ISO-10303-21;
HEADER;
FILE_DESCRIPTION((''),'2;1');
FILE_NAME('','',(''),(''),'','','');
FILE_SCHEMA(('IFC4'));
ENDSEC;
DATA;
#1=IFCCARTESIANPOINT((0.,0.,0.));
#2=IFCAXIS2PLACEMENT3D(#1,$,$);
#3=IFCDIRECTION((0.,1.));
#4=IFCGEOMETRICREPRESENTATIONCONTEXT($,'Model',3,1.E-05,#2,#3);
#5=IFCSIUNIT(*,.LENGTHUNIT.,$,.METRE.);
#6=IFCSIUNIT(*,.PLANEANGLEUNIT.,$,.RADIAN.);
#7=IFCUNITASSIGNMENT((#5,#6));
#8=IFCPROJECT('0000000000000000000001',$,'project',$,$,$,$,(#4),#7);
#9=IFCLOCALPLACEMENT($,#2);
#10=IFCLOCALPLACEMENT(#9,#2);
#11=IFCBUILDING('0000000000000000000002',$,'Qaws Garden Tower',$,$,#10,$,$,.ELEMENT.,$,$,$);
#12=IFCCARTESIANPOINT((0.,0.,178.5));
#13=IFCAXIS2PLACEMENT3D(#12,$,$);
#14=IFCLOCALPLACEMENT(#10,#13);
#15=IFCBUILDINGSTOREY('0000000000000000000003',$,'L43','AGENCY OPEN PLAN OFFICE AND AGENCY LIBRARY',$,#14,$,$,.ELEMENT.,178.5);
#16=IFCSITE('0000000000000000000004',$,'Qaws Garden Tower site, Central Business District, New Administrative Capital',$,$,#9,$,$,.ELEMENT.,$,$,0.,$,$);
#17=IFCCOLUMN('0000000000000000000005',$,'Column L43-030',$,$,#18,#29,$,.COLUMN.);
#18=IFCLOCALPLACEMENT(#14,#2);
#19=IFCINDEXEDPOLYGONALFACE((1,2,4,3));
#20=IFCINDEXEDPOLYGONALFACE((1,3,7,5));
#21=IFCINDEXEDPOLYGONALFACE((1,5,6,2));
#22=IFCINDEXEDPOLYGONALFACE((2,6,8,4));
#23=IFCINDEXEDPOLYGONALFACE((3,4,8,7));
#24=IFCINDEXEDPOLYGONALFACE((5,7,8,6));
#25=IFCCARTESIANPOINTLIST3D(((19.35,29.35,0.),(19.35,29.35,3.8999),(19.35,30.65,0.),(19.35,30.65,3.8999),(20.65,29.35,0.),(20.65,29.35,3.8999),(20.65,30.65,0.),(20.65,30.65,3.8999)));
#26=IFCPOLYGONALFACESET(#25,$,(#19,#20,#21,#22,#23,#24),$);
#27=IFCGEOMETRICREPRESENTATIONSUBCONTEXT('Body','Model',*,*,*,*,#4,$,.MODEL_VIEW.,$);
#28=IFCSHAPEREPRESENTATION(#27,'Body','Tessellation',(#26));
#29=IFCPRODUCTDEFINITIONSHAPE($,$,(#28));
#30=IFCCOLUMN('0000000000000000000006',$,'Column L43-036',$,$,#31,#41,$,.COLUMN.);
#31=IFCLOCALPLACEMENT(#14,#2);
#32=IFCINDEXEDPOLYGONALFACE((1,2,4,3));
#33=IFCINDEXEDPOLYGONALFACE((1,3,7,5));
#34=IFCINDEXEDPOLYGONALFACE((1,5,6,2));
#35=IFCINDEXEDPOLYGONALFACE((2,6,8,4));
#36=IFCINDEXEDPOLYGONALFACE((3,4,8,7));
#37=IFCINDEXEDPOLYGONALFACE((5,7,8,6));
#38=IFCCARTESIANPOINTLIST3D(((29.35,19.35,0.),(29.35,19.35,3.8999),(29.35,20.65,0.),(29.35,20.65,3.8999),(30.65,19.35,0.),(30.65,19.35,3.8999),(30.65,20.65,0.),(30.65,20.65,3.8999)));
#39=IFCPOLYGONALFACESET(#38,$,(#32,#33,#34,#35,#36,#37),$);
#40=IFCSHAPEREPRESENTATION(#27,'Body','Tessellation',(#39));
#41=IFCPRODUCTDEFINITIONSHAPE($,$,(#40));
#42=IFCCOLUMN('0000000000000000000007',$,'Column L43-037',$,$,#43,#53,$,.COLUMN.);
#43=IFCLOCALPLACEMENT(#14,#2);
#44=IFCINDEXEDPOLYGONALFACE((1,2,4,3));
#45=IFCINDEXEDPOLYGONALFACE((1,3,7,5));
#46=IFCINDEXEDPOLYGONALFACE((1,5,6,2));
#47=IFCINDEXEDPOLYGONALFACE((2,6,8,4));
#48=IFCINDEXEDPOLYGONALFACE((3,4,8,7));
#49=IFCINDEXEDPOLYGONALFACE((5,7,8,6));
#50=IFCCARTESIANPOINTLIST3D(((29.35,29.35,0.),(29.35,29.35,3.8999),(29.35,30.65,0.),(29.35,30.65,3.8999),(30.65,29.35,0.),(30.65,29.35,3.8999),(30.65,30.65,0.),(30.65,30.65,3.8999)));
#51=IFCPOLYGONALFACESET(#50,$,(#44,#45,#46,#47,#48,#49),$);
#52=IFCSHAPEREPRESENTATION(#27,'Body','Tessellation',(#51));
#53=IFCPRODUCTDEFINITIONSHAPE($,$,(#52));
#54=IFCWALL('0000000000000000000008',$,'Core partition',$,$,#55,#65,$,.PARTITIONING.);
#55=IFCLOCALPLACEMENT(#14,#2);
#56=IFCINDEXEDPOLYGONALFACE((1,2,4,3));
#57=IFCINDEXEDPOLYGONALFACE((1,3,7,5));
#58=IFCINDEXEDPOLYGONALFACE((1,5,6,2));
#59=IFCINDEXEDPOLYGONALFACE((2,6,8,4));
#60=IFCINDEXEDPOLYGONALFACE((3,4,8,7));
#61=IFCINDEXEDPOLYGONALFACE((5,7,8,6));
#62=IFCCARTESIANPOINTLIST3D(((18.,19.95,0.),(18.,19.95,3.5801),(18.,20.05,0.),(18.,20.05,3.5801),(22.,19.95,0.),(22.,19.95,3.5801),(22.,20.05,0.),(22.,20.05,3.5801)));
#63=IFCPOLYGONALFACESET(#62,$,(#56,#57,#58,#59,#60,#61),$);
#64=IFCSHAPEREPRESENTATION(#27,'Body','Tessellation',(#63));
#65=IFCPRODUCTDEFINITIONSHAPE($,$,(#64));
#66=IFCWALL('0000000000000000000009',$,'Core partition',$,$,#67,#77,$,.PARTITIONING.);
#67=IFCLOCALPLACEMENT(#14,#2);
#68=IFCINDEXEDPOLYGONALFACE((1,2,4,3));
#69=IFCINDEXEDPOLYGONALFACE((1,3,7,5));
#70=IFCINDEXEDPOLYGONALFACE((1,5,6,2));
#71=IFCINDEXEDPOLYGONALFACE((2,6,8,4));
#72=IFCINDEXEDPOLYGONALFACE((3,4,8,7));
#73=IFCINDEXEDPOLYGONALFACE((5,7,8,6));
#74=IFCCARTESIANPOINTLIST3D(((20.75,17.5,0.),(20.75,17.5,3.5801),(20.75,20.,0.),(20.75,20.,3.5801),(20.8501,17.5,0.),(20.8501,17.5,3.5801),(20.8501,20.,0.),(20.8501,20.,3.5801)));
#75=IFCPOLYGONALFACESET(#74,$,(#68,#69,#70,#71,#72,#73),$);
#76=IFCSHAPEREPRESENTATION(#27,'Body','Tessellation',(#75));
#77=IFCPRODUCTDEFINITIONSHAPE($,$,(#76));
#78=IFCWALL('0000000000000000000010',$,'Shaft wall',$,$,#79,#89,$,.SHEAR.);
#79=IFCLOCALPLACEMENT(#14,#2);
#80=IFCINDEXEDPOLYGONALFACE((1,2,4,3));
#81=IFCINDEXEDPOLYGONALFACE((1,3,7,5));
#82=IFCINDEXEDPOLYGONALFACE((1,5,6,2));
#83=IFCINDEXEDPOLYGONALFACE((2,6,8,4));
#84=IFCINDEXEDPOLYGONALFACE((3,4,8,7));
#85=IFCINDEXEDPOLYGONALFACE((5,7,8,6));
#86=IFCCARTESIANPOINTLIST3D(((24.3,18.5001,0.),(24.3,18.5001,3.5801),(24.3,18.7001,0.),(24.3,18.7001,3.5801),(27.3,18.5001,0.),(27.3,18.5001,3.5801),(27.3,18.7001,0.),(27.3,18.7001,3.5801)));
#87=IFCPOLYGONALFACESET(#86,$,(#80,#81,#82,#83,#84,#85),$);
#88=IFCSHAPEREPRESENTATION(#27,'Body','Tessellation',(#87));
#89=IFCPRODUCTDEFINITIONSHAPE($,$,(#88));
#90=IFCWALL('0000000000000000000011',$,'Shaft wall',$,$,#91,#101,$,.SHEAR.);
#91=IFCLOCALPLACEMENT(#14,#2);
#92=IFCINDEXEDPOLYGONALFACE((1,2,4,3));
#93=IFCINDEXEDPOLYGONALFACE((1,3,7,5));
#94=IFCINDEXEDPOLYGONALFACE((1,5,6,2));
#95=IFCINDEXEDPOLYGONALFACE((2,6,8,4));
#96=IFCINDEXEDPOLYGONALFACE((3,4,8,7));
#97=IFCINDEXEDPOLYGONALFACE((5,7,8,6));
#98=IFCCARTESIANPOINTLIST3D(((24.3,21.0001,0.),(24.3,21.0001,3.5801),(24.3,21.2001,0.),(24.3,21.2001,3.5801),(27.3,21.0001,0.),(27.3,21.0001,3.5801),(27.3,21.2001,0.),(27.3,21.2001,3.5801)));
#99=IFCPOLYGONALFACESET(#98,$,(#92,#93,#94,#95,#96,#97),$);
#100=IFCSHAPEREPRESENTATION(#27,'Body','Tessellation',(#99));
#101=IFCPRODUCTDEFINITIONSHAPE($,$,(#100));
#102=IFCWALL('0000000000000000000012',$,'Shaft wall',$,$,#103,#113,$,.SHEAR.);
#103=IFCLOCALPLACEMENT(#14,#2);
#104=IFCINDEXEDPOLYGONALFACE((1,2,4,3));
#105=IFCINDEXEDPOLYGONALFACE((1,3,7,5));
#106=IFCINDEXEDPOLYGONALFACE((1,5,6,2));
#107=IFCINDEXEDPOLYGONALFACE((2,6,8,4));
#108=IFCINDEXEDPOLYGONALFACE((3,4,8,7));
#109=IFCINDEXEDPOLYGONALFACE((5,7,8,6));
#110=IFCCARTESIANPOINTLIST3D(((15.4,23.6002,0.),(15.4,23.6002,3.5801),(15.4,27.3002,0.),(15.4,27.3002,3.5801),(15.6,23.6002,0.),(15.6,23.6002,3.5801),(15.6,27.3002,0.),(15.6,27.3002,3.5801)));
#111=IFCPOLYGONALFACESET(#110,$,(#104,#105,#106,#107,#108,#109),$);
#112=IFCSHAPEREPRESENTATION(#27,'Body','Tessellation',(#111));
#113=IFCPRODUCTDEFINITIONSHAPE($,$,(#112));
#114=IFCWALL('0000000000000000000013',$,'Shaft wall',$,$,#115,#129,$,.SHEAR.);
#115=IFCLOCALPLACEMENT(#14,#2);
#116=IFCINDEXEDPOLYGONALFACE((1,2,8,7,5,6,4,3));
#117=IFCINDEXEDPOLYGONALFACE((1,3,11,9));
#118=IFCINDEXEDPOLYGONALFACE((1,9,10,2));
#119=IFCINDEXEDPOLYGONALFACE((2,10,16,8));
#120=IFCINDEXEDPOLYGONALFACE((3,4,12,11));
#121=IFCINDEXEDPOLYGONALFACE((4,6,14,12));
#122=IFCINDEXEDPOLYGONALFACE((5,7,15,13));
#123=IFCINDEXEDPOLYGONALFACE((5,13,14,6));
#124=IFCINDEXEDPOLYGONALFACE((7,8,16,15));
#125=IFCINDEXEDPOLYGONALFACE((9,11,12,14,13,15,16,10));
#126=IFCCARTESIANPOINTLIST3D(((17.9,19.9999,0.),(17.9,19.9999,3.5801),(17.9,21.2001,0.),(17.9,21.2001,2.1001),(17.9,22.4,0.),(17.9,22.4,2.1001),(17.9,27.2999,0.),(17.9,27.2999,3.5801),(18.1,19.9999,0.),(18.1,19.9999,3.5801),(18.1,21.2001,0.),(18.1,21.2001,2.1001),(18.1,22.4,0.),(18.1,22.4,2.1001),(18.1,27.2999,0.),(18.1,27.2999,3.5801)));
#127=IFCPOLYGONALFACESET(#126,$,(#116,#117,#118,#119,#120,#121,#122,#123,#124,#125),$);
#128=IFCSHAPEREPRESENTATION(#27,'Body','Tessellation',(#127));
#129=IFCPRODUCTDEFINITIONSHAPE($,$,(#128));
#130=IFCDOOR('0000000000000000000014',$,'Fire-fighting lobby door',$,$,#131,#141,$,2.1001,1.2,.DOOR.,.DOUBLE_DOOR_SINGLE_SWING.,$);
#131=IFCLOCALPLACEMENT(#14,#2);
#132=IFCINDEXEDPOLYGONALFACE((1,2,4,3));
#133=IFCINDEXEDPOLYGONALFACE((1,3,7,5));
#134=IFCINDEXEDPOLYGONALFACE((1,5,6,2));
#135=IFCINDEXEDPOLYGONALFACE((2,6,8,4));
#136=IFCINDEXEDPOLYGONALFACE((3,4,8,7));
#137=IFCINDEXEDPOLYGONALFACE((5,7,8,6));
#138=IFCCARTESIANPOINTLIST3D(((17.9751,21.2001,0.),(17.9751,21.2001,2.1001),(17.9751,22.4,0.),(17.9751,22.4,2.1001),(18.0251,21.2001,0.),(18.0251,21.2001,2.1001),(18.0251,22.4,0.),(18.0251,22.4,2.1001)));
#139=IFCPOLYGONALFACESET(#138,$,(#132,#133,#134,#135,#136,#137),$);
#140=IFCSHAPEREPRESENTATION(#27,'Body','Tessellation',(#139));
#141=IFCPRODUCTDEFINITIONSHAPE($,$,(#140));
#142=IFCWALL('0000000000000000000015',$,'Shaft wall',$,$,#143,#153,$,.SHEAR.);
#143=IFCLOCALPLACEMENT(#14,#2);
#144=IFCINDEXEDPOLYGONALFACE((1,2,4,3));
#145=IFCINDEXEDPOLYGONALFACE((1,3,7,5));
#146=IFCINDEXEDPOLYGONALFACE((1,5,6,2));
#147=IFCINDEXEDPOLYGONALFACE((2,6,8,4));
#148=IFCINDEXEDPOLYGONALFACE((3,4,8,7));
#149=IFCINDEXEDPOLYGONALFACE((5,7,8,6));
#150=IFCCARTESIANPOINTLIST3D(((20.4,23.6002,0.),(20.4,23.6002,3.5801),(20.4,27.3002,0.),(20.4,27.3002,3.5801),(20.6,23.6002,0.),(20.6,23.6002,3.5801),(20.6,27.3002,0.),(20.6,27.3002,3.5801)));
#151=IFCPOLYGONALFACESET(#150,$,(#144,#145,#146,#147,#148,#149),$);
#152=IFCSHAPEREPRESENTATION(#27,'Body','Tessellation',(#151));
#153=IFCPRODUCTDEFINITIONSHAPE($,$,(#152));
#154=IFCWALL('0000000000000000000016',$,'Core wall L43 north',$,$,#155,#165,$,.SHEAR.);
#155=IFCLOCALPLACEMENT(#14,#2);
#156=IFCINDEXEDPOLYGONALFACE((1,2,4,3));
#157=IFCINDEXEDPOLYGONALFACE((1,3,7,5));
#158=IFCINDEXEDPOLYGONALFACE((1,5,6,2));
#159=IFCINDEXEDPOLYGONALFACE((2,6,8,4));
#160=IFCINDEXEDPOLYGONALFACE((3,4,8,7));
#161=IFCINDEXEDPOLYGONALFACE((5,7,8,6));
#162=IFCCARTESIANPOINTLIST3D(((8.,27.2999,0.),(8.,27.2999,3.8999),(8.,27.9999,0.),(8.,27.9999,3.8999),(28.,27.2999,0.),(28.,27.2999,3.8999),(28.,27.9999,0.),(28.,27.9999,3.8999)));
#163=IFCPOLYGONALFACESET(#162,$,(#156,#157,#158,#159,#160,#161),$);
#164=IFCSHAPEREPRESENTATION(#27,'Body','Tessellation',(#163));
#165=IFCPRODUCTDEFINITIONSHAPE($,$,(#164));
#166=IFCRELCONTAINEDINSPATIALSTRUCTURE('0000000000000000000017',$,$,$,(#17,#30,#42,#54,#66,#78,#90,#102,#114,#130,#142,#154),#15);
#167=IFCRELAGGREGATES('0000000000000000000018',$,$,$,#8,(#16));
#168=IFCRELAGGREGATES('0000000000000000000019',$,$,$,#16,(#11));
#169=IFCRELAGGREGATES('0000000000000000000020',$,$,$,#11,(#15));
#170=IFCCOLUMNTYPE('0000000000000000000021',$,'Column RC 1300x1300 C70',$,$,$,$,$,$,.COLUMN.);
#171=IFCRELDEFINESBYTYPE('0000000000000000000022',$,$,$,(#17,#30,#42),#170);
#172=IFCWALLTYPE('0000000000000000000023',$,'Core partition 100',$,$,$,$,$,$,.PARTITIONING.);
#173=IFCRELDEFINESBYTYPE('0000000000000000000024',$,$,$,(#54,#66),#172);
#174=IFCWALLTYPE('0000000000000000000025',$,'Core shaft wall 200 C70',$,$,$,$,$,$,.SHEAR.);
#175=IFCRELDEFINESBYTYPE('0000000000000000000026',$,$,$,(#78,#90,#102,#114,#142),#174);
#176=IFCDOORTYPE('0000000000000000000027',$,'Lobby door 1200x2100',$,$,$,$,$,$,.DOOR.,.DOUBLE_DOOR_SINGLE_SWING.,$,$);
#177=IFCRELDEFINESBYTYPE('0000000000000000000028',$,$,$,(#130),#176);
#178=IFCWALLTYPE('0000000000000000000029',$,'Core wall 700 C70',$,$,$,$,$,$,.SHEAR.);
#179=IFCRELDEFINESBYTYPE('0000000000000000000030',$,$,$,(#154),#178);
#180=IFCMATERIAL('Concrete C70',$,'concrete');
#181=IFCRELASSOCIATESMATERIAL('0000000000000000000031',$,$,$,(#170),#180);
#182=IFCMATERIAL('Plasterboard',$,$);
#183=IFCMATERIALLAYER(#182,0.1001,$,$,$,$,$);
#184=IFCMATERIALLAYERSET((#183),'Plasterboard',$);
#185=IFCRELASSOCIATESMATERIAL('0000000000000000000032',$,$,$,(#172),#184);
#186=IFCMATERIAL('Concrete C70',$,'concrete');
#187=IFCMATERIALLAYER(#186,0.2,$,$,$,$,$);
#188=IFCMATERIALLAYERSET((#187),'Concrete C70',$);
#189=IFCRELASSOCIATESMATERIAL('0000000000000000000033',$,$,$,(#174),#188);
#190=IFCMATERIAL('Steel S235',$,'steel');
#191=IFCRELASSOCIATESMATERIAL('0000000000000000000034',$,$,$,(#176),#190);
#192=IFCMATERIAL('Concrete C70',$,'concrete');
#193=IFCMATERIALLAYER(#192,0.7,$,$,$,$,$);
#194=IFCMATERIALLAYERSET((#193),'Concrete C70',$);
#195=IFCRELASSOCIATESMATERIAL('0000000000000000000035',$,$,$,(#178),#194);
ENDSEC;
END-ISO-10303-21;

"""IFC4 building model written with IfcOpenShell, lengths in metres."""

from ifc_helpers import new_model, si_unit, direction, frame, frame_2d, origin, origin_2d, place, context, subcontext, project, spatial, rectangle, extrude, material, layer, layer_set, material_profile, profile_set, type_object, element, fill, save


model = new_model("IFC4")

# Units and contexts
model_context = context("Model", 3, precision=1e-05, world=origin(), true_north=direction((0.0, 1.0)))
body_context = subcontext(model_context, "Body", "Model", "MODEL_VIEW")
ifc_project = project(units=[si_unit("LENGTHUNIT", "METRE"), si_unit("PLANEANGLEUNIT", "RADIAN")], contexts=[model_context])

# Site, building, storey
site_placement = place(None, origin())
site = spatial("IfcSite", under=ifc_project, at=site_placement, Name="Qaws Garden Tower site, Central Business District, New Administrative Capital", CompositionType="ELEMENT", RefElevation=0.0)
building_placement = place(site_placement, origin())
building = spatial("IfcBuilding", under=site, at=building_placement, Name="Qaws Garden Tower", CompositionType="ELEMENT")
storey_placement = place(building_placement, frame((0.0, 0.0, 178.5)))
storey = spatial("IfcBuildingStorey", under=building, at=storey_placement, Name="L43", Description="AGENCY OPEN PLAN OFFICE AND AGENCY LIBRARY", CompositionType="ELEMENT", Elevation=178.5)

# Columns
ifc_material_1 = material(Name="Concrete C70", Category="concrete")
ifc_material_profile = material_profile(ifc_material_1, rectangle(XDim=1.3, YDim=1.3, at=origin_2d()), Name="RC 1300x1300")
ifc_profile_set = profile_set([ifc_material_profile], Name="Concrete C70")
column_type = type_object("IfcColumnType", Name="Column RC 1300x1300 C70", PredefinedType="COLUMN", material=ifc_profile_set)
for number, where, z_axis, x_axis, name in (
    (1, (20.0, 30.0, 0.0), (0.0, 0.0, 1.0), (1.0, 0.0, 0.0), "Column L43-030"),
    (2, (30.0, 20.0, 0.0), (0.0, 0.0, 1.0), (1.0, 0.0, 0.0), "Column L43-036"),
    (3, (30.0, 30.0, 0.0), (0.0, 0.0, 1.0), (1.0, 0.0, 0.0), "Column L43-037"),
):
    element("IfcColumn", number, at=place(storey_placement, frame(where, z_axis=z_axis, x_axis=x_axis)), inside=storey, type_object=column_type, Name=name, PredefinedType="COLUMN", context=body_context, shape_type="SweptSolid", body=[
        extrude(rectangle(XDim=1.3, YDim=1.3, at=origin_2d()), origin(), (0.0, 0.0, 1.0), 3.8999),
    ])

# Walls
ifc_material_2 = material(Name="Plasterboard")
ifc_layer_1 = layer(ifc_material_2, 0.1001)
ifc_layer_set_1 = layer_set([ifc_layer_1], Name="Plasterboard")
wall_type_1 = type_object("IfcWallType", Name="Core partition 100", PredefinedType="PARTITIONING", material=ifc_layer_set_1)
wall_1_placement = place(storey_placement, frame((18.0, 20.0, 0.0), z_axis=(0.0, 0.0, 1.0), x_axis=(1.0, 0.0, 0.0)))
element("IfcWall", 4, at=wall_1_placement, inside=storey, type_object=wall_type_1, Name="Core partition", PredefinedType="PARTITIONING", context=body_context, shape_type="SweptSolid", body=[
    extrude(rectangle(XDim=4.0, YDim=0.1001, at=frame_2d((2.0, 0.0))), origin(), (0.0, 0.0, 1.0), 3.5801),
])
wall_2_placement = place(storey_placement, frame((20.8, 17.5, 0.0), z_axis=(0.0, 0.0, 1.0), x_axis=(0.0, 1.0, 0.0)))
element("IfcWall", 5, at=wall_2_placement, inside=storey, type_object=wall_type_1, Name="Core partition", PredefinedType="PARTITIONING", context=body_context, shape_type="SweptSolid", body=[
    extrude(rectangle(XDim=2.5, YDim=0.1001, at=frame_2d((1.25, 0.0))), origin(), (0.0, 0.0, 1.0), 3.5801),
])
ifc_material_3 = material(Name="Concrete C70", Category="concrete")
ifc_layer_2 = layer(ifc_material_3, 0.2)
ifc_layer_set_2 = layer_set([ifc_layer_2], Name="Concrete C70")
wall_type_2 = type_object("IfcWallType", Name="Core shaft wall 200 C70", PredefinedType="SHEAR", material=ifc_layer_set_2)
for number, where, z_axis, x_axis, name in (
    (6, (24.3, 18.6001, 0.0), (0.0, 0.0, 1.0), (1.0, 0.0, 0.0), "Shaft wall"),
    (7, (24.3, 21.1001, 0.0), (0.0, 0.0, 1.0), (1.0, 0.0, 0.0), "Shaft wall"),
):
    element("IfcWall", number, at=place(storey_placement, frame(where, z_axis=z_axis, x_axis=x_axis)), inside=storey, type_object=wall_type_2, Name=name, PredefinedType="SHEAR", context=body_context, shape_type="SweptSolid", body=[
        extrude(rectangle(XDim=3.0, YDim=0.2, at=frame_2d((1.5, 0.0))), origin(), (0.0, 0.0, 1.0), 3.5801),
    ])
wall_3_placement = place(storey_placement, frame((15.5, 23.6001, 0.0), z_axis=(0.0, 0.0, 1.0), x_axis=(0.0, 1.0, 0.0)))
element("IfcWall", 8, at=wall_3_placement, inside=storey, type_object=wall_type_2, Name="Shaft wall", PredefinedType="SHEAR", context=body_context, shape_type="SweptSolid", body=[
    extrude(rectangle(XDim=3.7, YDim=0.2, at=frame_2d((1.8501, 0.0))), origin(), (0.0, 0.0, 1.0), 3.5801),
])

# Wall, opening, door
wall_4_placement = place(storey_placement, frame((18.0, 20.0, 0.0), z_axis=(0.0, 0.0, 1.0), x_axis=(0.0, 1.0, 0.0)))
wall_4 = element("IfcWall", 9, at=wall_4_placement, inside=storey, type_object=wall_type_2, Name="Shaft wall", PredefinedType="SHEAR", context=body_context, shape_type="SweptSolid", body=[
    extrude(rectangle(XDim=7.3, YDim=0.2, at=frame_2d((3.6499, 0.0))), origin(), (0.0, 0.0, 1.0), 3.5801),
])
opening_1_placement = place(wall_4_placement, frame((1.2, 0.0, 0.0)))
opening_1 = element("IfcOpeningElement", 10, at=opening_1_placement, cuts=wall_4, PredefinedType="OPENING", context=body_context, shape_type="SweptSolid", body=[
    extrude(rectangle(XDim=1.2, YDim=2.1001, at=frame_2d((0.6001, 1.05))), frame((0.0, 0.1099, 0.0), z_axis=(0.0, -1.0, 0.0), x_axis=(1.0, 0.0, 0.0)), (0.0, 0.0, 1.0), 0.22),
])
ifc_material_4 = material(Name="Steel S235", Category="steel")
door_type_1 = type_object("IfcDoorType", Name="Lobby door 1200x2100", OperationType="DOUBLE_DOOR_SINGLE_SWING", PredefinedType="DOOR", material=ifc_material_4)
door_1_placement = place(opening_1_placement, origin())
door_1 = element("IfcDoor", 11, at=door_1_placement, inside=storey, type_object=door_type_1, Name="Fire-fighting lobby door", OperationType="DOUBLE_DOOR_SINGLE_SWING", OverallHeight=2.1001, OverallWidth=1.2, PredefinedType="DOOR", context=body_context, shape_type="SweptSolid", body=[
    extrude(rectangle(XDim=1.2, YDim=2.1001, at=frame_2d((0.6001, 1.05))), frame((0.0, 0.0249, 0.0), z_axis=(0.0, -1.0, 0.0), x_axis=(1.0, 0.0, 0.0)), (0.0, 0.0, 1.0), 0.05),
])
fill(opening_1, door_1)

# Walls
wall_5_placement = place(storey_placement, frame((20.5, 23.6001, 0.0), z_axis=(0.0, 0.0, 1.0), x_axis=(0.0, 1.0, 0.0)))
element("IfcWall", 12, at=wall_5_placement, inside=storey, type_object=wall_type_2, Name="Shaft wall", PredefinedType="SHEAR", context=body_context, shape_type="SweptSolid", body=[
    extrude(rectangle(XDim=3.7, YDim=0.2, at=frame_2d((1.8501, 0.0))), origin(), (0.0, 0.0, 1.0), 3.5801),
])
ifc_material_5 = material(Name="Concrete C70", Category="concrete")
ifc_layer_3 = layer(ifc_material_5, 0.7)
ifc_layer_set_3 = layer_set([ifc_layer_3], Name="Concrete C70")
wall_type_3 = type_object("IfcWallType", Name="Core wall 700 C70", PredefinedType="SHEAR", material=ifc_layer_set_3)
wall_6_placement = place(storey_placement, frame((28.0, 27.6499, 0.0), z_axis=(0.0, 0.0, 1.0), x_axis=(-1.0, 0.0, 0.0)))
element("IfcWall", 13, at=wall_6_placement, inside=storey, type_object=wall_type_3, Name="Core wall L43 north", PredefinedType="SHEAR", context=body_context, shape_type="SweptSolid", body=[
    extrude(rectangle(XDim=20.0, YDim=0.7, at=frame_2d((10.0, 0.0))), origin(), (0.0, 0.0, 1.0), 3.8999),
])

save(model, "model.ifc")
